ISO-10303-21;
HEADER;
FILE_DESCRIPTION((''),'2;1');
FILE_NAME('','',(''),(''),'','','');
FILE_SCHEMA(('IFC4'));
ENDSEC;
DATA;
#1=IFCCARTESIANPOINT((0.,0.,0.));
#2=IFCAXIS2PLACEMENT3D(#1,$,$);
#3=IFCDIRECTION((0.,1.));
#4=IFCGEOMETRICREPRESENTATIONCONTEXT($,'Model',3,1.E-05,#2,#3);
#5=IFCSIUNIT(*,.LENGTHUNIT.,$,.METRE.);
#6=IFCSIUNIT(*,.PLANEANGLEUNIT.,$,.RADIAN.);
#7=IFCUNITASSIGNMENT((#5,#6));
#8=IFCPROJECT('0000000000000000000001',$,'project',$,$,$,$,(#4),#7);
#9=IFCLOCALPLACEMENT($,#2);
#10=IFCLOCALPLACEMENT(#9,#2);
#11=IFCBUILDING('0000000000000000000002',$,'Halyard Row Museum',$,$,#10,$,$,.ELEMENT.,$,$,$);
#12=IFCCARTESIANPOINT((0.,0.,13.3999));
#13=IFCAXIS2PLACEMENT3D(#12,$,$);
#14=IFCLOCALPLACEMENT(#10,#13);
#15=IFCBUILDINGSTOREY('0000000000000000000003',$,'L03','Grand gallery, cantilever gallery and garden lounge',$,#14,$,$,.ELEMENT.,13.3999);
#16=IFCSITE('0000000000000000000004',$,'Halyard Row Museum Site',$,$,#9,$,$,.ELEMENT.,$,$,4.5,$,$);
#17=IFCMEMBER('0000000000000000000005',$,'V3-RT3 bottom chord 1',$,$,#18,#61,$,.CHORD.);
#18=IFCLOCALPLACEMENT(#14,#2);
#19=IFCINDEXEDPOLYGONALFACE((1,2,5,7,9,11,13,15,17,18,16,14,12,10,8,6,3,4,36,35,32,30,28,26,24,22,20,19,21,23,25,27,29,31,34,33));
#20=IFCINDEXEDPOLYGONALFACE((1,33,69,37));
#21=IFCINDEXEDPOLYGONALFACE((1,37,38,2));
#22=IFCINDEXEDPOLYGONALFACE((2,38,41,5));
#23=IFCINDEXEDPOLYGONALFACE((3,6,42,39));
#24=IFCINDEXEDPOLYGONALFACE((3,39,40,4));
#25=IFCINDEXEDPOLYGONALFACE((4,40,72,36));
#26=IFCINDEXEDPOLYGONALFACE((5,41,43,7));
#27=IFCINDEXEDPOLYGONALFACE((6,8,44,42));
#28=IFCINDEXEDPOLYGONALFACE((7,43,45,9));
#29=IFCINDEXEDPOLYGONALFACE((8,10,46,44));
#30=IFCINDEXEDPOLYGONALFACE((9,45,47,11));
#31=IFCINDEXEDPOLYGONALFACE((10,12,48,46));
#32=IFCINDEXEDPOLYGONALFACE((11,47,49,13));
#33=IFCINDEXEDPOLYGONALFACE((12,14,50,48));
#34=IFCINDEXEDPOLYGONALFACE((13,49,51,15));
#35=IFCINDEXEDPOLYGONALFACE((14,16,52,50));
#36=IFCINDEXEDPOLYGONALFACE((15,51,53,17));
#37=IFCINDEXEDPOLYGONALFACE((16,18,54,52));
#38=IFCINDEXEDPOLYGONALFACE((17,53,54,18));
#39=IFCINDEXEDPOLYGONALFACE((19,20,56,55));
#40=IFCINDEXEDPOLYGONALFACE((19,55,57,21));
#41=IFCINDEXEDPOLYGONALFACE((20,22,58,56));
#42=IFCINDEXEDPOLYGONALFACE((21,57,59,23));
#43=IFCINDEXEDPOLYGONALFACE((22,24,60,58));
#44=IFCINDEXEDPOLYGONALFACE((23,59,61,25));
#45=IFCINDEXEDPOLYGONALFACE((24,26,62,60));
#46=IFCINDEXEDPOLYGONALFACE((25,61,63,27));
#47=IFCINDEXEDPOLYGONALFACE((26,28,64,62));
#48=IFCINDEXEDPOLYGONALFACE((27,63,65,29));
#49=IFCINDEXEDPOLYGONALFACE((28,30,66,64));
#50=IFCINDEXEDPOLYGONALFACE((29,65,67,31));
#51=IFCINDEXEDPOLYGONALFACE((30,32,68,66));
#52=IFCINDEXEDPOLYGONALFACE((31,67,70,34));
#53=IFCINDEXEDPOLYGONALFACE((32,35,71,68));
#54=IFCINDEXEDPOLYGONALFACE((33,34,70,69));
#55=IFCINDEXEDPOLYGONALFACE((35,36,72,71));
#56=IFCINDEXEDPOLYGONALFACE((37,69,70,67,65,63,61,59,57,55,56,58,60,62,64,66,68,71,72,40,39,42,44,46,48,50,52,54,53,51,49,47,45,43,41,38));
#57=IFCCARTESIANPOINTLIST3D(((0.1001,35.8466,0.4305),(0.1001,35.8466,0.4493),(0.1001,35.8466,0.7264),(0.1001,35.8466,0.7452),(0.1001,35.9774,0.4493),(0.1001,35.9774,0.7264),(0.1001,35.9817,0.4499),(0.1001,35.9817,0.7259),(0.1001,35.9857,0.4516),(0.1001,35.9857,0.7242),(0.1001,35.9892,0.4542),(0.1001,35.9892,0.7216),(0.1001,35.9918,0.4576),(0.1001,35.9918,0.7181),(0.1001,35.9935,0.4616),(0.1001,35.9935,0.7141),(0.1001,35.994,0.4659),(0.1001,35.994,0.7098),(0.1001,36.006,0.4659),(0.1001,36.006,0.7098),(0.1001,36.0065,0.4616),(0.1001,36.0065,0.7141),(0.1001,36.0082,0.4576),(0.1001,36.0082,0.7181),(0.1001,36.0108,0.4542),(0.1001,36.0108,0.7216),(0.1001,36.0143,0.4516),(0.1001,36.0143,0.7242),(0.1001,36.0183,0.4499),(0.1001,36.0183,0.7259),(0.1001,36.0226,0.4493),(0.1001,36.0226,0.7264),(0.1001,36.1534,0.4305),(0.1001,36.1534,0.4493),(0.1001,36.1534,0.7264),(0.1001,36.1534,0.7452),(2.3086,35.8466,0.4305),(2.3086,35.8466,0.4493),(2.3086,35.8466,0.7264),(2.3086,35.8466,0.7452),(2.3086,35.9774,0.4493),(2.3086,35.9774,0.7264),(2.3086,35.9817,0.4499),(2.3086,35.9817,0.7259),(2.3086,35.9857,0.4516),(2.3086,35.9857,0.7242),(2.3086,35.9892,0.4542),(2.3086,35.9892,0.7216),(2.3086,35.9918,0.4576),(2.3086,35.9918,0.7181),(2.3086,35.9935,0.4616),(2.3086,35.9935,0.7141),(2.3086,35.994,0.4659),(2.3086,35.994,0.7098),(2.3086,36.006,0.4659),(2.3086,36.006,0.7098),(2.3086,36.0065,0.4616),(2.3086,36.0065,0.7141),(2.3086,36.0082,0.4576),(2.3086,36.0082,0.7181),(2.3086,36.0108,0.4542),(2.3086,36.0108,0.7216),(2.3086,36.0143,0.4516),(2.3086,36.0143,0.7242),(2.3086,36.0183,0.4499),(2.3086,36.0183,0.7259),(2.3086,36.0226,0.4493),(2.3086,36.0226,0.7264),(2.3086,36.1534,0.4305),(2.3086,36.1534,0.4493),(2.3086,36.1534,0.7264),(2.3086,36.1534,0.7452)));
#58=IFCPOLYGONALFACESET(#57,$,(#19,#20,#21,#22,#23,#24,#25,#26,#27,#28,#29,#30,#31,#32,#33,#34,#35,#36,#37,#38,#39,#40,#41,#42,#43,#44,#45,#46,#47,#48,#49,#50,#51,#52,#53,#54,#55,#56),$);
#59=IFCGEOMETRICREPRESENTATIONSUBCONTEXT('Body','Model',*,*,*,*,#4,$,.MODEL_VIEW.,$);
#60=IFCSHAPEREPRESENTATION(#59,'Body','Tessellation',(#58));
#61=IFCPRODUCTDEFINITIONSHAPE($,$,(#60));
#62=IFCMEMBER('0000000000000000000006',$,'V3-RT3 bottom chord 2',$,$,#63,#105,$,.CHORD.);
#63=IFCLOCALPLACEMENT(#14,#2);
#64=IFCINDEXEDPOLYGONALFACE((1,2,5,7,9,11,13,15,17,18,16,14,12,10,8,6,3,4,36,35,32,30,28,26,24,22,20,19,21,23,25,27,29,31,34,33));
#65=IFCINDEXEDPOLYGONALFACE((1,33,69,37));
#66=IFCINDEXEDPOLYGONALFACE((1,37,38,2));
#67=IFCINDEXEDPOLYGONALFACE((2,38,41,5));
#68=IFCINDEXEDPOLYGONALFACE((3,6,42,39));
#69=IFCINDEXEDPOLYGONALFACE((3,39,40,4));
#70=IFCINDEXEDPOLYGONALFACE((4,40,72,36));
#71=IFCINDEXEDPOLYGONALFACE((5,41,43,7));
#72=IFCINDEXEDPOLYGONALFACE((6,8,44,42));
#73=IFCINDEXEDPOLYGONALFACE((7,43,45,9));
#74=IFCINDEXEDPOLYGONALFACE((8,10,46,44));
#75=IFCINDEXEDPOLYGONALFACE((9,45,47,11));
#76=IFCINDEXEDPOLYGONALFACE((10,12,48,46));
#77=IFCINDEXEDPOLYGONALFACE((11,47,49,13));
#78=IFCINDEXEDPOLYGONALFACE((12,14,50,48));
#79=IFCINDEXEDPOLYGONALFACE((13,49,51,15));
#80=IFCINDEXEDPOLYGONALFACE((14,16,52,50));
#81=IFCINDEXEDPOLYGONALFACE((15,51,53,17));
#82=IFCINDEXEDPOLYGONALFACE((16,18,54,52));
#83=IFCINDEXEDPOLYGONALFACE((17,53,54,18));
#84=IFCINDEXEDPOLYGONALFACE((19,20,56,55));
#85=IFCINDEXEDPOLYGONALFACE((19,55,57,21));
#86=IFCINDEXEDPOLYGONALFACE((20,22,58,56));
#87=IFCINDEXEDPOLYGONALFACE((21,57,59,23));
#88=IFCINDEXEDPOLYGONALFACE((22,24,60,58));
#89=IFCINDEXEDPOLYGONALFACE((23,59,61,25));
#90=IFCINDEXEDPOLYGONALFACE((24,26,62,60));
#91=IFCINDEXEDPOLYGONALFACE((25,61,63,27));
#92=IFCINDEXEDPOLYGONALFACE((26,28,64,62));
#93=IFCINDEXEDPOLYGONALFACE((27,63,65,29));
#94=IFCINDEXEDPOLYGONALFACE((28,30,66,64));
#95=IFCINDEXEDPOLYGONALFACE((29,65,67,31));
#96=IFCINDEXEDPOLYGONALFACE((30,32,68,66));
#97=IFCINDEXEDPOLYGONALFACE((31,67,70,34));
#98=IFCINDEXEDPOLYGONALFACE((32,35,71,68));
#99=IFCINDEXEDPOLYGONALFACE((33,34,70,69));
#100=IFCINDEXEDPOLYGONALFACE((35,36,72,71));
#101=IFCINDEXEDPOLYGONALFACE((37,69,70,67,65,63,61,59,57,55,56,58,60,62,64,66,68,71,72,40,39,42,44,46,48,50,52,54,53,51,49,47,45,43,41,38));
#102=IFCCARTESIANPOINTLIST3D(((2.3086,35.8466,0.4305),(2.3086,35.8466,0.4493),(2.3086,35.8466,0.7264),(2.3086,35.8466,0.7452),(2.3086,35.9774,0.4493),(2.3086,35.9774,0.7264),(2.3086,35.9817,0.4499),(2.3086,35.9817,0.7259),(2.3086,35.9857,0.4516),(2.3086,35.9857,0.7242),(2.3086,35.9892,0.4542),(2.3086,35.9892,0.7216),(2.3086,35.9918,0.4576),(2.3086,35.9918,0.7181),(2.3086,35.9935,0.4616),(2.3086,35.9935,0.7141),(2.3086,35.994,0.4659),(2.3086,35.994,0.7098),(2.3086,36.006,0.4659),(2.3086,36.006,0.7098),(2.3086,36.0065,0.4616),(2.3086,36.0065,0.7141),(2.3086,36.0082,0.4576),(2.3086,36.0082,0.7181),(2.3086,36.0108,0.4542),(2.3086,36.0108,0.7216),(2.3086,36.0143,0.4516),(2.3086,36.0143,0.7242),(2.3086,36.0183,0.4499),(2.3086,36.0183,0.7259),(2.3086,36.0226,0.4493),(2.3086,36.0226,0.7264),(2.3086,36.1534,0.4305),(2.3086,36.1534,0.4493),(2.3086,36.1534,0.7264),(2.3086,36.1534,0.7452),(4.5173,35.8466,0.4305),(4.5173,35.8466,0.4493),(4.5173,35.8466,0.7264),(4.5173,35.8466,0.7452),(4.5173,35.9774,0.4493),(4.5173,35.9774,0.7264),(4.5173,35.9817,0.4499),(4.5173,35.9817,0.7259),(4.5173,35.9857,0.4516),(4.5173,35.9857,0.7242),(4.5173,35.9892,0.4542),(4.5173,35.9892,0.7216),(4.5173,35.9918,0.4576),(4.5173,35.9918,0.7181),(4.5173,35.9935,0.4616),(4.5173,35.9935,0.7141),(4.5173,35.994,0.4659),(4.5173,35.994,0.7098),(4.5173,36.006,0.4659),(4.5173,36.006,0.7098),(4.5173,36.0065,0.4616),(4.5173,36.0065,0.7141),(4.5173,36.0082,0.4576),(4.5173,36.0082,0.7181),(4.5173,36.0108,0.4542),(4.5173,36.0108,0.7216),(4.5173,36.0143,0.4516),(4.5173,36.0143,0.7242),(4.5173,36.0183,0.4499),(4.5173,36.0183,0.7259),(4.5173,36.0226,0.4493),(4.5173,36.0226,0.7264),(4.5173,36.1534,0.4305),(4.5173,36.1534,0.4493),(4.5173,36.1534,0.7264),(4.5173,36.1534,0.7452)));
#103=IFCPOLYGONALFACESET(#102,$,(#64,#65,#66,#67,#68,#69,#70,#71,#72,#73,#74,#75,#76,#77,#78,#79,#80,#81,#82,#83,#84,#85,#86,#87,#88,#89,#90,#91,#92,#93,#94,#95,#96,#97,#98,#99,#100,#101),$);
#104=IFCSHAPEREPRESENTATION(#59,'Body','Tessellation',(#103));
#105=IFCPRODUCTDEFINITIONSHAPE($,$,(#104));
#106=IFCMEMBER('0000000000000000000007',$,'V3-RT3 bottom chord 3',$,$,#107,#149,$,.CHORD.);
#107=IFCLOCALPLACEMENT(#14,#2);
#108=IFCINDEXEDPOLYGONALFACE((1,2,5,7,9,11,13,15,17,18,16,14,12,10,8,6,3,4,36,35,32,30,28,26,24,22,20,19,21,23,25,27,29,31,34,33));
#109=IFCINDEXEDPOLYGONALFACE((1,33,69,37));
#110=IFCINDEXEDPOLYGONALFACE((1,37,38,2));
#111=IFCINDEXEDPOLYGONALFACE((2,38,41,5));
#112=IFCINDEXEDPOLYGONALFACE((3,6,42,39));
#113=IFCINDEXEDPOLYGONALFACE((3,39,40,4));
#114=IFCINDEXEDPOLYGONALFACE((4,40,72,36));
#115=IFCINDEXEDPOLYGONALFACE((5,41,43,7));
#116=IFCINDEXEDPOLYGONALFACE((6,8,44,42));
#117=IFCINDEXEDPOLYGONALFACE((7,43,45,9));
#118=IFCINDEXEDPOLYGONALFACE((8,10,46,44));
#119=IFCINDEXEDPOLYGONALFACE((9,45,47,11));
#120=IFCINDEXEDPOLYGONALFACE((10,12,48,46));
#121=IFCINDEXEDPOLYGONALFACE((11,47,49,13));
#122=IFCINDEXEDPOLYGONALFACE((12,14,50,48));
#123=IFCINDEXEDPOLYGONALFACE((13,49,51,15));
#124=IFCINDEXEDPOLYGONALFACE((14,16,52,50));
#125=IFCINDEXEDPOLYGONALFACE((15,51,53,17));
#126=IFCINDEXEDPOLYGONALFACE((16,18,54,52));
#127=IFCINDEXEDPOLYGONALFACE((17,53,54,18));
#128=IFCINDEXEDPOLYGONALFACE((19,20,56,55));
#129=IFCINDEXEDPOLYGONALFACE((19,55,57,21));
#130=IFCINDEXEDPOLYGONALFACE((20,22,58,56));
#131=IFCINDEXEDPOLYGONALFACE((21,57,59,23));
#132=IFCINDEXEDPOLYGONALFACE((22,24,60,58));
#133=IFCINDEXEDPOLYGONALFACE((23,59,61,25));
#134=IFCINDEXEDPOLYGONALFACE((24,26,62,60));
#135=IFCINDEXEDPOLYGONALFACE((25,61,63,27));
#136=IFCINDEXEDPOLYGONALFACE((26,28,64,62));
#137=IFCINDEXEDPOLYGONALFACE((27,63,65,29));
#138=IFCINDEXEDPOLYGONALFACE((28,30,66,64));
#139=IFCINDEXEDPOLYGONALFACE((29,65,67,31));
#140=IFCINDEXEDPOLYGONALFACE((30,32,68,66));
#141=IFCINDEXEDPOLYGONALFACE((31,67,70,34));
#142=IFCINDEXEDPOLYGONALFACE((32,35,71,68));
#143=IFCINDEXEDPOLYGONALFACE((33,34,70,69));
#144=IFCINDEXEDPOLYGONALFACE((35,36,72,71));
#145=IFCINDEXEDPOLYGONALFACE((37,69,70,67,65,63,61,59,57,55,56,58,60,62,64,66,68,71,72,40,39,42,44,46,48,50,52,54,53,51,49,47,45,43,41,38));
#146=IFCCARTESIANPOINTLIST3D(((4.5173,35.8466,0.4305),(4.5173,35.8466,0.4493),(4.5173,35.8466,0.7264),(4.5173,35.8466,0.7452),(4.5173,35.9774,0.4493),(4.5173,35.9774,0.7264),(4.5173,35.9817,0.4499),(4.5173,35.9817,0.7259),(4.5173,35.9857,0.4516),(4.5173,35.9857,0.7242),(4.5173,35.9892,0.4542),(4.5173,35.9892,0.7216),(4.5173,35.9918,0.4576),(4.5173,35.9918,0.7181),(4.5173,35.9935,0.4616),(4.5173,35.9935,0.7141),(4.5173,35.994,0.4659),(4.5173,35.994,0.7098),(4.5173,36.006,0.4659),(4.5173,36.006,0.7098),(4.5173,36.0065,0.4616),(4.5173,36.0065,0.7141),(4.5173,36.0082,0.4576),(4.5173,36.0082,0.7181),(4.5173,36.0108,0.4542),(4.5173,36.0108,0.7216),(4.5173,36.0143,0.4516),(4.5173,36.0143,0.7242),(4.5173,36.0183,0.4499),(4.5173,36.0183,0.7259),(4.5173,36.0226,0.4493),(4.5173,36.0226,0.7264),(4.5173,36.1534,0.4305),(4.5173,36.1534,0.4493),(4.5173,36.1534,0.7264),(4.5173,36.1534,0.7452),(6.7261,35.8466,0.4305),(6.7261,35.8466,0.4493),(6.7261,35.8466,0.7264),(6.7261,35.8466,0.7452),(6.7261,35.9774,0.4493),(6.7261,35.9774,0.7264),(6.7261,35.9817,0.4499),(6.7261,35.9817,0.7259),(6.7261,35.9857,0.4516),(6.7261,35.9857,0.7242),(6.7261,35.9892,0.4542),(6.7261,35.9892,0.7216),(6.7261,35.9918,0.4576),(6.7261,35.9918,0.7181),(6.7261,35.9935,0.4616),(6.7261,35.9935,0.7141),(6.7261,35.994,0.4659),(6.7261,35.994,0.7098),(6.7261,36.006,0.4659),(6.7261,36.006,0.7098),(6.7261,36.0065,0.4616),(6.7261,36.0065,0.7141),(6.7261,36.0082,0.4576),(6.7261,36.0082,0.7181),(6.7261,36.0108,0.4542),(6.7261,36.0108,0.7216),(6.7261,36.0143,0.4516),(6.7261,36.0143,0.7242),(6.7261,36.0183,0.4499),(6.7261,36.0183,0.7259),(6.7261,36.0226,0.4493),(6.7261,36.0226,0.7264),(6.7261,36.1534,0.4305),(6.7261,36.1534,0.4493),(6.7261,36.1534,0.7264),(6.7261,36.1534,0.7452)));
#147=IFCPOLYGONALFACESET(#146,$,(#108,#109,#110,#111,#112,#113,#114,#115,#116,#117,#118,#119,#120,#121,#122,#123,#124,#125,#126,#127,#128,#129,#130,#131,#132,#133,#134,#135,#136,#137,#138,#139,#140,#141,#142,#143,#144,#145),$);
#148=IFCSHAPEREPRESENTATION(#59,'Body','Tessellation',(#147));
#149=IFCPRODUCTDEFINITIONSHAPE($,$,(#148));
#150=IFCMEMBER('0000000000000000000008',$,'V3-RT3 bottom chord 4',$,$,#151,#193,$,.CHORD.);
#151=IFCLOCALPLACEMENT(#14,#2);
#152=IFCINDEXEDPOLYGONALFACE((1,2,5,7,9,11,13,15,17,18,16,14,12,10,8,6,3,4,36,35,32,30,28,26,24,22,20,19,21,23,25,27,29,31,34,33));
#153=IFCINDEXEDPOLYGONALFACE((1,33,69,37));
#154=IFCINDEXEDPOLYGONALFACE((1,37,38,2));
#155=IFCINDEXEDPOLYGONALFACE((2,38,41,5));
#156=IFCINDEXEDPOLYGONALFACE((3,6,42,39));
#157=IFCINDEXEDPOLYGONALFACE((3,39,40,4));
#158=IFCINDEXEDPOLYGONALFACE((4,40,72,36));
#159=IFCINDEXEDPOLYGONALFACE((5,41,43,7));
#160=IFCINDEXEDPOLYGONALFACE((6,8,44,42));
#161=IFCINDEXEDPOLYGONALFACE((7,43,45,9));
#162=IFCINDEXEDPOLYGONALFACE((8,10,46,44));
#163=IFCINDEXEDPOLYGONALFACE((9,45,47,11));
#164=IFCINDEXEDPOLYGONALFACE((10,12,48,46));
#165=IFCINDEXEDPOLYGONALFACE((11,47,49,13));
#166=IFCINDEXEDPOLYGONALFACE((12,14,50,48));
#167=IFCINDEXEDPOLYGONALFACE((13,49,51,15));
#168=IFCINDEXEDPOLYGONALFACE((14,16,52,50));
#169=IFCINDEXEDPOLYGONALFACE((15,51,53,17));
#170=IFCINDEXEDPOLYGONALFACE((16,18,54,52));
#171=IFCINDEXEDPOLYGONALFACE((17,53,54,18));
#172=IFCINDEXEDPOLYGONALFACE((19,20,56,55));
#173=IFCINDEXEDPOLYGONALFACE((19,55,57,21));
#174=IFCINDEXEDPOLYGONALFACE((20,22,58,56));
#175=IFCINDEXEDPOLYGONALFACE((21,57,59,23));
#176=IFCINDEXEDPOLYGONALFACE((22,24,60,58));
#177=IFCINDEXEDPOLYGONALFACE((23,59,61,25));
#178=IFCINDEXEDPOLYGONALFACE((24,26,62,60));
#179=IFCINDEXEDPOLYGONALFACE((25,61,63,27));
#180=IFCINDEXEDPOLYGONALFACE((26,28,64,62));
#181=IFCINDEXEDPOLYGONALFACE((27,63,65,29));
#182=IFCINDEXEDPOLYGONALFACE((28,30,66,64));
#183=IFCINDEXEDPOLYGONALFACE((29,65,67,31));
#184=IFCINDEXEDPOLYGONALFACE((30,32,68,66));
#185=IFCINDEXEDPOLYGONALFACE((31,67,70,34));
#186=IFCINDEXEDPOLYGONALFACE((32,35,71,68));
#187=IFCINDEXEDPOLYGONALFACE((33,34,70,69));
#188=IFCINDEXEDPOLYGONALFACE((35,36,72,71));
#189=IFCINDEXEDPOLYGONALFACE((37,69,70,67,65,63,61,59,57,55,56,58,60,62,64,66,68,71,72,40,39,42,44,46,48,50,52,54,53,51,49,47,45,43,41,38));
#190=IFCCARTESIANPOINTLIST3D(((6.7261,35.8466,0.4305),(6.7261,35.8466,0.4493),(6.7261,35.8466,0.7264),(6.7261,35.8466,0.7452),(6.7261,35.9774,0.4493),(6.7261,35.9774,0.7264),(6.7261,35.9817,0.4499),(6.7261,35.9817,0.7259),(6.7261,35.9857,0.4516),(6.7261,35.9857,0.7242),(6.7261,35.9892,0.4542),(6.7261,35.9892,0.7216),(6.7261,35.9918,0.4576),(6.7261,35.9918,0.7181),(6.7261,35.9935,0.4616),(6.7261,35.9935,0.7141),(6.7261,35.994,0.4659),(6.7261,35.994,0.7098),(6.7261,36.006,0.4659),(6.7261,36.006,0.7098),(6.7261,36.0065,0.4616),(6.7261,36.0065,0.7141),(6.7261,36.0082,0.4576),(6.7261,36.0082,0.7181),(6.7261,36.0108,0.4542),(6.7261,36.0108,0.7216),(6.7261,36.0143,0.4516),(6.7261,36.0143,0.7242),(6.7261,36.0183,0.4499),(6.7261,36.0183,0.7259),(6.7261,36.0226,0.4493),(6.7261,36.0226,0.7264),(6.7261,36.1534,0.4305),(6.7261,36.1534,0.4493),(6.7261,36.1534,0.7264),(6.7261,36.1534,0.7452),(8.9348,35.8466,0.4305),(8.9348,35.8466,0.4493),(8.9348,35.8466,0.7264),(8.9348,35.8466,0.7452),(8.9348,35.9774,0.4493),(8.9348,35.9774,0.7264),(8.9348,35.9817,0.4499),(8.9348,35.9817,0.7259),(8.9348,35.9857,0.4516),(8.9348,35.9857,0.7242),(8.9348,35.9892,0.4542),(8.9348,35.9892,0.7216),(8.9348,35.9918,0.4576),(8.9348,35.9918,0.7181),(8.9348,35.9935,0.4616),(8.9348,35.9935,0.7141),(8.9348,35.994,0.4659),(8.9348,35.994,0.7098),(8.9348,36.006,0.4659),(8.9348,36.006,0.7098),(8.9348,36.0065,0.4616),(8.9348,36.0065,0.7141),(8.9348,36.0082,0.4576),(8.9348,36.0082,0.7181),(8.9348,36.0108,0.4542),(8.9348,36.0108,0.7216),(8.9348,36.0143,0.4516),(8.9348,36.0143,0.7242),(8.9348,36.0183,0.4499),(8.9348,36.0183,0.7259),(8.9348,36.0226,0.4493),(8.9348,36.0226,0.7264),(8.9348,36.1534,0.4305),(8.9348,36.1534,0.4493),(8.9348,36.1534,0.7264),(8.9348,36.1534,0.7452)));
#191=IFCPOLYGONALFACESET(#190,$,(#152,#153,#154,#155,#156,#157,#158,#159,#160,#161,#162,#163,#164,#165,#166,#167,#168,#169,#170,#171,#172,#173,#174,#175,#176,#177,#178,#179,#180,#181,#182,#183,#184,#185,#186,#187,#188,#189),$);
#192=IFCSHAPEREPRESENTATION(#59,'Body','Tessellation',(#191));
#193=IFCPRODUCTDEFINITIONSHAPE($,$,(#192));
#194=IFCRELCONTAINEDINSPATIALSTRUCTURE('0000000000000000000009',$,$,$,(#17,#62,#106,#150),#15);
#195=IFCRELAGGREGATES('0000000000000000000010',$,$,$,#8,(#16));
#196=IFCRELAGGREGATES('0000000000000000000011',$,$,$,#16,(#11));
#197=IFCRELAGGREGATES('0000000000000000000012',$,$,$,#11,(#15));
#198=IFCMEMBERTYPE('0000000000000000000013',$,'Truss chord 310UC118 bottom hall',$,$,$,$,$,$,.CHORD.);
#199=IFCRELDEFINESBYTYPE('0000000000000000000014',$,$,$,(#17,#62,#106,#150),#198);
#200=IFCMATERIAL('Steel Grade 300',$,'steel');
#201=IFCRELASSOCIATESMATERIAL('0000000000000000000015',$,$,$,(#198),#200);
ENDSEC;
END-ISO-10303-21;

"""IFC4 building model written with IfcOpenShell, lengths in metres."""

from ifc_helpers import new_model, si_unit, direction, frame, origin, origin_2d, place, context, subcontext, project, spatial, i_section, extrude, material, material_profile, profile_set, type_object, element, save


model = new_model("IFC4")

# Units and contexts
model_context = context("Model", 3, precision=1e-05, world=origin(), true_north=direction((0.0, 1.0)))
body_context = subcontext(model_context, "Body", "Model", "MODEL_VIEW")
ifc_project = project(units=[si_unit("LENGTHUNIT", "METRE"), si_unit("PLANEANGLEUNIT", "RADIAN")], contexts=[model_context])

# Site, building, storey
site_placement = place(None, origin())
site = spatial("IfcSite", under=ifc_project, at=site_placement, Name="Halyard Row Museum Site", CompositionType="ELEMENT", RefElevation=4.5)
building_placement = place(site_placement, origin())
building = spatial("IfcBuilding", under=site, at=building_placement, Name="Halyard Row Museum", CompositionType="ELEMENT")
storey_placement = place(building_placement, frame((0.0, 0.0, 13.3999)))
storey = spatial("IfcBuildingStorey", under=building, at=storey_placement, Name="L03", Description="Grand gallery, cantilever gallery and garden lounge", CompositionType="ELEMENT", Elevation=13.3999)

# Members
ifc_material_1 = material(Name="Steel Grade 300", Category="steel")
ifc_material_profile_1 = material_profile(ifc_material_1, i_section(OverallWidth=0.3069, OverallDepth=0.3147, WebThickness=0.012, FlangeThickness=0.0188, FilletRadius=0.0166, at=origin_2d()), Name="310UC118")
ifc_profile_set_1 = profile_set([ifc_material_profile_1], Name="Steel Grade 300")
member_type_1 = type_object("IfcMemberType", Name="Truss chord 310UC118 bottom hall", PredefinedType="CHORD", material=ifc_profile_set_1)
member_1_placement = place(storey_placement, frame((0.1001, 36.0, 0.5879), z_axis=(1.0, 0.0, 0.0), x_axis=(0.0, 1.0, 0.0)))
element("IfcMember", 1, at=member_1_placement, inside=storey, type_object=member_type_1, Name="V3-RT3 bottom chord 1", PredefinedType="CHORD", context=body_context, shape_type="SweptSolid", body=[
    extrude(i_section(OverallWidth=0.3069, OverallDepth=0.3147, WebThickness=0.012, FlangeThickness=0.0188, FilletRadius=0.0166, at=origin_2d()), origin(), (0.0, 0.0, 1.0), 2.2085),
])
for number, where, z_axis, x_axis, name in (
    (2, (2.3086, 36.0, 0.5879), (1.0, 0.0, 0.0), (0.0, 1.0, 0.0), "V3-RT3 bottom chord 2"),
    (3, (4.5173, 36.0, 0.5879), (1.0, 0.0, 0.0), (0.0, 1.0, 0.0), "V3-RT3 bottom chord 3"),
    (4, (6.7261, 36.0, 0.5879), (1.0, 0.0, 0.0), (0.0, 1.0, 0.0), "V3-RT3 bottom chord 4"),
):
    element("IfcMember", number, at=place(storey_placement, frame(where, z_axis=z_axis, x_axis=x_axis)), inside=storey, type_object=member_type_1, Name=name, PredefinedType="CHORD", context=body_context, shape_type="SweptSolid", body=[
        extrude(i_section(OverallWidth=0.3069, OverallDepth=0.3147, WebThickness=0.012, FlangeThickness=0.0188, FilletRadius=0.0166, at=origin_2d()), origin(), (0.0, 0.0, 1.0), 2.2087),
    ])

save(model, "model.ifc")
